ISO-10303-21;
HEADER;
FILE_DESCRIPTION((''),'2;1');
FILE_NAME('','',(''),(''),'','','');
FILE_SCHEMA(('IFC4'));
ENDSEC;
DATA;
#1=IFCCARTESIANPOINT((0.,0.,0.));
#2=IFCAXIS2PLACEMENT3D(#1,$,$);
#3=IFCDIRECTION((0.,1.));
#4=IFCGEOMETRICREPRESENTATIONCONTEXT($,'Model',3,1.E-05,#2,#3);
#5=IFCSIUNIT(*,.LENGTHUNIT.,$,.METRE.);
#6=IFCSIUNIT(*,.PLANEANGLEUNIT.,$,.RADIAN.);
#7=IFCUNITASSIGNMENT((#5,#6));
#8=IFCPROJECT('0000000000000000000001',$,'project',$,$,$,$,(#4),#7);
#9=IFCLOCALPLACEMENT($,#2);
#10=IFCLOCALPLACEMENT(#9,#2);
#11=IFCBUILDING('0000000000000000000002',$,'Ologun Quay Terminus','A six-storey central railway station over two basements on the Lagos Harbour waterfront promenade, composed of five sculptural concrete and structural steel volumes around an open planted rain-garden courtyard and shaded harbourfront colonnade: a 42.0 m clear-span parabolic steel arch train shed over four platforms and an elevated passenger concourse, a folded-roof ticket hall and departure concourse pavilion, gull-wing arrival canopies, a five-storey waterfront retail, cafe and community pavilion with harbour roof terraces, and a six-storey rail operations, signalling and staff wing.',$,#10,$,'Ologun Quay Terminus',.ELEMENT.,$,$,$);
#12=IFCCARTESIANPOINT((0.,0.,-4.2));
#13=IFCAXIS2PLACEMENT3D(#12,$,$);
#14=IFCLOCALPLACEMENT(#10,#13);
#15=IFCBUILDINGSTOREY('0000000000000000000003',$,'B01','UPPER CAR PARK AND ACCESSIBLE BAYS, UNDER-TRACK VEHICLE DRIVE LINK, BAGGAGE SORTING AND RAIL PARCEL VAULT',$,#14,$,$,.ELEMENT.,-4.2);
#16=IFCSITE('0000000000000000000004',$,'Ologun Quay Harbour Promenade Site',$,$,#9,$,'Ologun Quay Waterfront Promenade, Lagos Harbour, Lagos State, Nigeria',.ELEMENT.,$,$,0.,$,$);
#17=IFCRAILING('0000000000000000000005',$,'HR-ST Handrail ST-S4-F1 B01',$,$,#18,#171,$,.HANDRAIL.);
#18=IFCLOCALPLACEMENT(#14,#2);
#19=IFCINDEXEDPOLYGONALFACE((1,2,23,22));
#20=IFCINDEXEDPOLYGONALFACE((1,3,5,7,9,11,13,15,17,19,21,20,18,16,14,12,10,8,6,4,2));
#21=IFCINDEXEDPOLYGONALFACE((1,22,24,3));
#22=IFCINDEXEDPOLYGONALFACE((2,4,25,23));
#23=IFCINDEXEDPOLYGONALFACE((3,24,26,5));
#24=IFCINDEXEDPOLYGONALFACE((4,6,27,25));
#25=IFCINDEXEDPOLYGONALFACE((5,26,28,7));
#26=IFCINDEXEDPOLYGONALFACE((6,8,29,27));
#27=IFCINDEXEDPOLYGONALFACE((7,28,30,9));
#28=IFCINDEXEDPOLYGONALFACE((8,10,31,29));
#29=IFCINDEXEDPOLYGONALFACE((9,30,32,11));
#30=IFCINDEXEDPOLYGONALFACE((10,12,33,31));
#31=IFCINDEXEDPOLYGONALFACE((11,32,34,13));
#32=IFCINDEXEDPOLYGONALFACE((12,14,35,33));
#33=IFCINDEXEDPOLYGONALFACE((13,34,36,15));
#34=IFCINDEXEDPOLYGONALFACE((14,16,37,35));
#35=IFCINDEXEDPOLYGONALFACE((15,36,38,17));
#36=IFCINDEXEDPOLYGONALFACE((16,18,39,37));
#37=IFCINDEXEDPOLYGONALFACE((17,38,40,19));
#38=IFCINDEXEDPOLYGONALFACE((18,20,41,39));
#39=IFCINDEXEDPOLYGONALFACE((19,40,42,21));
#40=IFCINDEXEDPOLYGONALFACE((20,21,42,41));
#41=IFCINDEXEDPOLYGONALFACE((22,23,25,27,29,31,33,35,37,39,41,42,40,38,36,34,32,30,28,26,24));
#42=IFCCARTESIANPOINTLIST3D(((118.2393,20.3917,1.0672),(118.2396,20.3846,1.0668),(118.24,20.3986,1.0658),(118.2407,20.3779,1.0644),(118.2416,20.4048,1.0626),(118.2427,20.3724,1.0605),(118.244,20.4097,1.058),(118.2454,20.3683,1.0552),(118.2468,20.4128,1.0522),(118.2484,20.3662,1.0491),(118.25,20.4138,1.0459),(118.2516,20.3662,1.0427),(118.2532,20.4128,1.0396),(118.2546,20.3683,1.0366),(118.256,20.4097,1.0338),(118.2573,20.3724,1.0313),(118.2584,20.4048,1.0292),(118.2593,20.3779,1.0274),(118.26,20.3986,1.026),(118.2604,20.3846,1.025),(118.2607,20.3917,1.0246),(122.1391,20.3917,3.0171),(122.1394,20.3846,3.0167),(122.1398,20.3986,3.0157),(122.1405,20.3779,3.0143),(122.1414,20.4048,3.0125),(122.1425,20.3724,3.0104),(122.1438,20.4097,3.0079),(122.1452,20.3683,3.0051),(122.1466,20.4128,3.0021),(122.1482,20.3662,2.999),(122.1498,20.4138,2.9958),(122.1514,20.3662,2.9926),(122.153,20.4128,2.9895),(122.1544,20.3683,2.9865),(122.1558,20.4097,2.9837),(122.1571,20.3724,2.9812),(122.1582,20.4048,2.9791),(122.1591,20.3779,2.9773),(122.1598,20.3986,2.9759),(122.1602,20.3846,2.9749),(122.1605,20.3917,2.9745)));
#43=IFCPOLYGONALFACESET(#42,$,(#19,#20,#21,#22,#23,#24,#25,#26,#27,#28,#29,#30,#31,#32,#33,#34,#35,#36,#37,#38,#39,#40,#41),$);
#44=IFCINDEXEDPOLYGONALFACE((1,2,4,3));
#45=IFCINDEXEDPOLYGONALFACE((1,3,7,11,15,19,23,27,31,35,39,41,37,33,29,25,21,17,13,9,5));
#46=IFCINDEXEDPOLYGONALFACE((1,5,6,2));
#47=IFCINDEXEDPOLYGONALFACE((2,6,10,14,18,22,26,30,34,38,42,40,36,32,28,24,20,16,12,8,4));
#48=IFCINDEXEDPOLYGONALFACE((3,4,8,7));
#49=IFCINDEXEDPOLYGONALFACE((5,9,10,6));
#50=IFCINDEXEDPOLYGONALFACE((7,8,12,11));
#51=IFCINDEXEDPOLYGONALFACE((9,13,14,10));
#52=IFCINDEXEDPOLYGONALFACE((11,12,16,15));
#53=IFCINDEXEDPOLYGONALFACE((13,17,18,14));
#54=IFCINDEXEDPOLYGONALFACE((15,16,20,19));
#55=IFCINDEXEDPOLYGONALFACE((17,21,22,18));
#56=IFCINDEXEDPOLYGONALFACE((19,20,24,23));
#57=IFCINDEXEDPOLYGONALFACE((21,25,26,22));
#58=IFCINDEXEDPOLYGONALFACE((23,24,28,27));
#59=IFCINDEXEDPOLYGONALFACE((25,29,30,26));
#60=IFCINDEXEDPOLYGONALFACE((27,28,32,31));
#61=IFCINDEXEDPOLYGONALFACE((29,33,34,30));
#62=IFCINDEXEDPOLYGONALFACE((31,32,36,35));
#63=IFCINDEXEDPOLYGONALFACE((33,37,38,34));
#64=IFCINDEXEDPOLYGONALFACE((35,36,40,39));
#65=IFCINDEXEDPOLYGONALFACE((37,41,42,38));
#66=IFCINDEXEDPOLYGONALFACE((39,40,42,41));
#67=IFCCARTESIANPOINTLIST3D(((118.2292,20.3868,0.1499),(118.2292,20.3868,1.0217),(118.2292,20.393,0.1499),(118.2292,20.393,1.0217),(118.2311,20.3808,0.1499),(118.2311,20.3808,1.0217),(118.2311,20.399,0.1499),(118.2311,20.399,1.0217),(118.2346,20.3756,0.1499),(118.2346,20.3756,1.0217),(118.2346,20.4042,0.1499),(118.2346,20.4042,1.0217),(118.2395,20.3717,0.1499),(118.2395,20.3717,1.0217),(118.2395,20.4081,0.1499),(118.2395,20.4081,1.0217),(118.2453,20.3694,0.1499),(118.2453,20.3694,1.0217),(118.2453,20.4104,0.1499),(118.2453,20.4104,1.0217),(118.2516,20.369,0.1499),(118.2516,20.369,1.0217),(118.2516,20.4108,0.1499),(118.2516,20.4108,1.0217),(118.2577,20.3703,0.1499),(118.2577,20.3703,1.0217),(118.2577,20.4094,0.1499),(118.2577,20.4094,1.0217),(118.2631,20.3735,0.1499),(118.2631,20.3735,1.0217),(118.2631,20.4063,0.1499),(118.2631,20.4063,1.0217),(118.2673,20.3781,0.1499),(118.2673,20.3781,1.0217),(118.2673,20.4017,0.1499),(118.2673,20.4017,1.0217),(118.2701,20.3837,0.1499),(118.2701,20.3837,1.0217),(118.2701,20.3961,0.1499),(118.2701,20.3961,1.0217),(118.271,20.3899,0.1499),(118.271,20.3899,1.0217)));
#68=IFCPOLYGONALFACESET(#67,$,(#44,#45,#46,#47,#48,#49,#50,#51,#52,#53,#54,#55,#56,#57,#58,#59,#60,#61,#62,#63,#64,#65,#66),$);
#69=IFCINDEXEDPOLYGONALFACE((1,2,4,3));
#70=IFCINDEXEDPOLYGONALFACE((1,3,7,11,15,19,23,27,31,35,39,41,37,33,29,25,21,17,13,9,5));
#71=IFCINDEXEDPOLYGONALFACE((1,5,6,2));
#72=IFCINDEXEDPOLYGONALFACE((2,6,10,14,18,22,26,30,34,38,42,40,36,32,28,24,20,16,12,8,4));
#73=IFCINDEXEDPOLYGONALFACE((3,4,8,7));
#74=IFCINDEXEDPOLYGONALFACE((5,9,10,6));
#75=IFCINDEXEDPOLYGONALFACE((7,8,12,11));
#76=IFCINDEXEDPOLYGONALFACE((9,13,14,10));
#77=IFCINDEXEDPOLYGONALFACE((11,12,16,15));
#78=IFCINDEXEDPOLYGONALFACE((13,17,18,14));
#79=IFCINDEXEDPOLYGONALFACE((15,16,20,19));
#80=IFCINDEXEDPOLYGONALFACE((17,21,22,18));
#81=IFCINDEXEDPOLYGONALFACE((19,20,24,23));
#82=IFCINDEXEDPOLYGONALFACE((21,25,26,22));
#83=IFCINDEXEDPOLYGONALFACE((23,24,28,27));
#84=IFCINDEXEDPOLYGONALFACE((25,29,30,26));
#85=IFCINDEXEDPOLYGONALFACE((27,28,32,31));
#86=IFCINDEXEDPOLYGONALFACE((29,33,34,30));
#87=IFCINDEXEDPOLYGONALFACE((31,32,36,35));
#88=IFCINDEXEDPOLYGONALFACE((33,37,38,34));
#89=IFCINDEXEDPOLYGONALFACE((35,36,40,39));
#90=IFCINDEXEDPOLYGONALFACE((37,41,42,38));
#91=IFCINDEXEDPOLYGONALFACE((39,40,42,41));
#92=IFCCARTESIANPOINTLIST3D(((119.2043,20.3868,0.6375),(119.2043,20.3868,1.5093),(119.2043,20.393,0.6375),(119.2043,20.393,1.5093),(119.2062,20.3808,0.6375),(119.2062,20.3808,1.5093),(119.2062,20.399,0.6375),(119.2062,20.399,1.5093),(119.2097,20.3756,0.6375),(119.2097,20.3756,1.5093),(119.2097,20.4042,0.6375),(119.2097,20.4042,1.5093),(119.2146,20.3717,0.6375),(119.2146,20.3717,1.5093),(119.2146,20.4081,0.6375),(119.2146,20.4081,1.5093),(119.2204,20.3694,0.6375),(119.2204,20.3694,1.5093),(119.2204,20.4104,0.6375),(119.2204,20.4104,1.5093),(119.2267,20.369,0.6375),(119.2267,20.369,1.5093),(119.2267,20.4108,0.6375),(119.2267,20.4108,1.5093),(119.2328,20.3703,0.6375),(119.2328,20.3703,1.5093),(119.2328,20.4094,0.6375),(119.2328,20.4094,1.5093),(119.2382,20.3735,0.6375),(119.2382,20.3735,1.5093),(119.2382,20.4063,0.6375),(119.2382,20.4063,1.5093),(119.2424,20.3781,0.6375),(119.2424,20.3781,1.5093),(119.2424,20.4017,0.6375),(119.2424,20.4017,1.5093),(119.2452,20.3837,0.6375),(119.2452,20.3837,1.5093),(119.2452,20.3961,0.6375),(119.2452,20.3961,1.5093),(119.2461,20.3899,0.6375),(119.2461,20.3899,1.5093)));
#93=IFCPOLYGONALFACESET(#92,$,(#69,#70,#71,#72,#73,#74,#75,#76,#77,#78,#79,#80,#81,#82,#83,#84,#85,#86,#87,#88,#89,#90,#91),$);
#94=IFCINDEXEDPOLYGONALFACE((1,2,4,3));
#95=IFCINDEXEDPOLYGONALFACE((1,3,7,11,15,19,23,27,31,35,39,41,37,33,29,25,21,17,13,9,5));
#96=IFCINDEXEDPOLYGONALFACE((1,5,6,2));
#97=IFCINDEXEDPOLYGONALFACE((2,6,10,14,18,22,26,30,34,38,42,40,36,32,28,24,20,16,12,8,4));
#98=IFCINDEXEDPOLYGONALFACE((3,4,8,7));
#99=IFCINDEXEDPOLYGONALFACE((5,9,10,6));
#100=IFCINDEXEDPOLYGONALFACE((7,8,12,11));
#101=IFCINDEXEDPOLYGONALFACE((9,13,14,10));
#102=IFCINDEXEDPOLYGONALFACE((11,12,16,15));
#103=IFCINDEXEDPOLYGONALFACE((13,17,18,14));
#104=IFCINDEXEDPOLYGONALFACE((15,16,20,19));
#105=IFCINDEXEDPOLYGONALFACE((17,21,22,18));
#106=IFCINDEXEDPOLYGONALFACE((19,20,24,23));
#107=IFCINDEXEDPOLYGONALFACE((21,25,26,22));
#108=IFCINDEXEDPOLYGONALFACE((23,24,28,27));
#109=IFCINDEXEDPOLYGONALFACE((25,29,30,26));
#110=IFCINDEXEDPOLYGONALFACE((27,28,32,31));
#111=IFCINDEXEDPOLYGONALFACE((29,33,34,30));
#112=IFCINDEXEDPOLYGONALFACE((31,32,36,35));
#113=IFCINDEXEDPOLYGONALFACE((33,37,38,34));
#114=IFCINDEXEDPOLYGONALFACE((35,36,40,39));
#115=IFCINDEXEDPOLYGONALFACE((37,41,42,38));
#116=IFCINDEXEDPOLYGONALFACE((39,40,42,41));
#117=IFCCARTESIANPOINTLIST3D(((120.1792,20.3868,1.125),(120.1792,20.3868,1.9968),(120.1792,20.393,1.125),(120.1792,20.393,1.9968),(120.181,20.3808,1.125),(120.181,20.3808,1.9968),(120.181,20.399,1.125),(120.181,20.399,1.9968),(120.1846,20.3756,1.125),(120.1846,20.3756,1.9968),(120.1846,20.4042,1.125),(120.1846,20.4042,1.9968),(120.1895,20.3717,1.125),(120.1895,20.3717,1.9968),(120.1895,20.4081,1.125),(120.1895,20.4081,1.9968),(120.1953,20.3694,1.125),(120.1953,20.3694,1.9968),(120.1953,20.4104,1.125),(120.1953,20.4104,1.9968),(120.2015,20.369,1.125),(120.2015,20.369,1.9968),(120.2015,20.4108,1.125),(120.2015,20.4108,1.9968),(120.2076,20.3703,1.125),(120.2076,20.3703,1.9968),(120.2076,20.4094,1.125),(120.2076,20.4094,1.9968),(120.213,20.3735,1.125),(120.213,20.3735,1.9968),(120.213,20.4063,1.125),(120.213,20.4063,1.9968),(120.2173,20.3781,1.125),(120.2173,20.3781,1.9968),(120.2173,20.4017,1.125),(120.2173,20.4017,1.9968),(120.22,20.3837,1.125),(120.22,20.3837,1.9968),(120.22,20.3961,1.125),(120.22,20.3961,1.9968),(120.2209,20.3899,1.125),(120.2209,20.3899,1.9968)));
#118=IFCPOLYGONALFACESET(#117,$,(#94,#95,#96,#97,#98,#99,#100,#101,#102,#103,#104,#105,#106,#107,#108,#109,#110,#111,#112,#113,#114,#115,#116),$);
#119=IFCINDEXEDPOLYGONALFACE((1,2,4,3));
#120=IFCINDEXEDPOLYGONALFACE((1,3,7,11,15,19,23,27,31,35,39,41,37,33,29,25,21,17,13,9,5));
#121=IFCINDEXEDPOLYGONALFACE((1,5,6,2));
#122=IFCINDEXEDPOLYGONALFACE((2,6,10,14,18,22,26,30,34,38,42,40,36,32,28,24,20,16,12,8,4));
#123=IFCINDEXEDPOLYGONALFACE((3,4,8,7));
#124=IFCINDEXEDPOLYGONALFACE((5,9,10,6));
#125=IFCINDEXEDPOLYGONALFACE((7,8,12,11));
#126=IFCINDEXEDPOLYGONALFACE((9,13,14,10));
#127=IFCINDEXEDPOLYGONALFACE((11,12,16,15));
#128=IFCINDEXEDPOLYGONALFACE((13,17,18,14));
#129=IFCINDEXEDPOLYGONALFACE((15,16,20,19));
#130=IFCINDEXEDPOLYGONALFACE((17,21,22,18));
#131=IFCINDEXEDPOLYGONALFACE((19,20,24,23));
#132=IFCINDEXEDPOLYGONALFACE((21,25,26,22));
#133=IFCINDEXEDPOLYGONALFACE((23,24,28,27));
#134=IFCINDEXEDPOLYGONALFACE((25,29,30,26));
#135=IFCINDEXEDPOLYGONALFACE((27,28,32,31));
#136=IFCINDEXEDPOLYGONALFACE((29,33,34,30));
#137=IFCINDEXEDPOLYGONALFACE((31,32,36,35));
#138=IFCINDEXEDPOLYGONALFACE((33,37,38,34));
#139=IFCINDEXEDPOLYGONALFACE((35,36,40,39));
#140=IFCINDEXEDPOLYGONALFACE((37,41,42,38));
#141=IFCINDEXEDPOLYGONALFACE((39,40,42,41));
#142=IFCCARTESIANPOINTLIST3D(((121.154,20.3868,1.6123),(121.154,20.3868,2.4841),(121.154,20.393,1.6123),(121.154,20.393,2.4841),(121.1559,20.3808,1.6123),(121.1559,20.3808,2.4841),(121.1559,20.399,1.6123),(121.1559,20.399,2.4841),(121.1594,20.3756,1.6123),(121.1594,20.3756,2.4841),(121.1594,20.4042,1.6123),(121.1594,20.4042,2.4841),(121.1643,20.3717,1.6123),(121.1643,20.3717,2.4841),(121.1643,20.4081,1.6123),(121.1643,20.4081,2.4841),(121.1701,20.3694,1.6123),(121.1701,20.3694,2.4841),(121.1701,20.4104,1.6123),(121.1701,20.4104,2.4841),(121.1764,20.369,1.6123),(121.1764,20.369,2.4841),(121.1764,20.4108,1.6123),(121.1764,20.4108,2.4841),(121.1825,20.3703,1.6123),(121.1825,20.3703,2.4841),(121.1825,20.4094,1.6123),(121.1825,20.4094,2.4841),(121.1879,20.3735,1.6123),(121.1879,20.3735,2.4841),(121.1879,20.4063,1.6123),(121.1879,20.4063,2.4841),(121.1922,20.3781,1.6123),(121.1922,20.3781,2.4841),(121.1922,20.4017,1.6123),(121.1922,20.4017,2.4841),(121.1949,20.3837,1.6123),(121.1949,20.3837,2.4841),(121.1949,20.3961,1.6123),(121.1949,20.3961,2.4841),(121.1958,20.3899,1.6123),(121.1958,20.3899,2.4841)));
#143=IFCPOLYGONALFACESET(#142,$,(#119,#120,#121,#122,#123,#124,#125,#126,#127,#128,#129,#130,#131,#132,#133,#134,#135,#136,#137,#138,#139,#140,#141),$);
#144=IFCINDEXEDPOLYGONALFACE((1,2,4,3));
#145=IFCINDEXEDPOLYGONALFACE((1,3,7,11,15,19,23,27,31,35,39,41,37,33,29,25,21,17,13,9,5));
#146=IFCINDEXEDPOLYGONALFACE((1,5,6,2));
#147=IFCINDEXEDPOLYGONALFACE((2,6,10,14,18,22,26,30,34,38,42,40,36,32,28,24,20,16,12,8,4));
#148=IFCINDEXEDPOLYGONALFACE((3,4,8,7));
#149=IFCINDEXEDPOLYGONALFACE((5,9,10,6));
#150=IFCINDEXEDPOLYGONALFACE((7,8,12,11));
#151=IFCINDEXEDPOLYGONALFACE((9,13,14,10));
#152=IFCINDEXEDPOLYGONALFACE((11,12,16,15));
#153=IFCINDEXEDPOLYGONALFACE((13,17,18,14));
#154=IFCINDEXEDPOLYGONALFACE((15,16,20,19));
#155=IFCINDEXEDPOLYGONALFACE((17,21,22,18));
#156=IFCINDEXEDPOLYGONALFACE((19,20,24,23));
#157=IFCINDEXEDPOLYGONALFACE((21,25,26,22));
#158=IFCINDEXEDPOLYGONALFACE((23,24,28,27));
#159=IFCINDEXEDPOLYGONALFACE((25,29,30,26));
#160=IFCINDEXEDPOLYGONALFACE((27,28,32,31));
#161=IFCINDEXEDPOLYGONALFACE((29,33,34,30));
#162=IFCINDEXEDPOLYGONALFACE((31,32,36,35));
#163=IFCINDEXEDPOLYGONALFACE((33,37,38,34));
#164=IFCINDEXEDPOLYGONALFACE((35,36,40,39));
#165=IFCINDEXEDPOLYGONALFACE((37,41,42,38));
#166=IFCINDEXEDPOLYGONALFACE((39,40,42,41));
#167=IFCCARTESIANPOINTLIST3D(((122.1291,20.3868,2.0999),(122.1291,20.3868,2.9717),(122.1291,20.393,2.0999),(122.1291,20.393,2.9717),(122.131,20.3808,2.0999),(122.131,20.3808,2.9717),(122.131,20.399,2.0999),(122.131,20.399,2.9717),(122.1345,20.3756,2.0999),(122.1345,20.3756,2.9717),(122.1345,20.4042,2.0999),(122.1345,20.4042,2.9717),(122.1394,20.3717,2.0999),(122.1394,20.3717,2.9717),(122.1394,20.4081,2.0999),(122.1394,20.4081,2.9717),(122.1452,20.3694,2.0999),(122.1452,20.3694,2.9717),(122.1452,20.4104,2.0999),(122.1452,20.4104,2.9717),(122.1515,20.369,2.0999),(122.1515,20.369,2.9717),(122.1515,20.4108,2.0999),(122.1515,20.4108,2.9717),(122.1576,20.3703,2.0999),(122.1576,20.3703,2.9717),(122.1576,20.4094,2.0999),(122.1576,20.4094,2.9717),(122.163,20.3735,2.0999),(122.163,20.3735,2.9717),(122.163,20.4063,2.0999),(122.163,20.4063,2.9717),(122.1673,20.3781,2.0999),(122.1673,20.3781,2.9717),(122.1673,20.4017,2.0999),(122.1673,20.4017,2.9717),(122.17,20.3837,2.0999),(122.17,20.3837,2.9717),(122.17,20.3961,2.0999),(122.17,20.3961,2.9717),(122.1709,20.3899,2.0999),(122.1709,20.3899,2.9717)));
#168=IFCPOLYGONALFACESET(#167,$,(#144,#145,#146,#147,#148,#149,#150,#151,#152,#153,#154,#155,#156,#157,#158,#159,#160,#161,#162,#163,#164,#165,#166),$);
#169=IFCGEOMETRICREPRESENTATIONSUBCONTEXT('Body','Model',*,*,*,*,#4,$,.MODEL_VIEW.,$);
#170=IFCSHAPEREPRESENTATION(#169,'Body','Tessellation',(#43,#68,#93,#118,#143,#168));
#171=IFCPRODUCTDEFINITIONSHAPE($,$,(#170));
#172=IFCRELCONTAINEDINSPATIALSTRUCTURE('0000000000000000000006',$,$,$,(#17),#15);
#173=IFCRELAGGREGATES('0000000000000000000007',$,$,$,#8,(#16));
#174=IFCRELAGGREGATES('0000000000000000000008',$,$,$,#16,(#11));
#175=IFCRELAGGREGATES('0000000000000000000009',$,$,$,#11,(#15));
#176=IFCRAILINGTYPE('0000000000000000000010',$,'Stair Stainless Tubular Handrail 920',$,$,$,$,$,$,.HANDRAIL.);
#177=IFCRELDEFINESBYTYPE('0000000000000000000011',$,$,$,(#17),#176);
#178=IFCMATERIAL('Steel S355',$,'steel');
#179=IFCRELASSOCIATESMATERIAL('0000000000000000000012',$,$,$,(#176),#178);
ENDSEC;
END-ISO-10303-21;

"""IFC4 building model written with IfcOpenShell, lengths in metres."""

from ifc_helpers import new_model, si_unit, direction, frame, origin, origin_2d, place, context, subcontext, project, spatial, circle, extrude, material, type_object, element, save


model = new_model("IFC4")

# Units and contexts
model_context = context("Model", 3, precision=1e-05, world=origin(), true_north=direction((0.0, 1.0)))
body_context = subcontext(model_context, "Body", "Model", "MODEL_VIEW")
ifc_project = project(units=[si_unit("LENGTHUNIT", "METRE"), si_unit("PLANEANGLEUNIT", "RADIAN")], contexts=[model_context])

# Site, building, storey
site_placement = place(None, origin())
site = spatial("IfcSite", under=ifc_project, at=site_placement, Name="Ologun Quay Harbour Promenade Site", LongName="Ologun Quay Waterfront Promenade, Lagos Harbour, Lagos State, Nigeria", CompositionType="ELEMENT", RefElevation=0.0)
building_placement = place(site_placement, origin())
building = spatial("IfcBuilding", under=site, at=building_placement, Name="Ologun Quay Terminus", Description="A six-storey central railway station over two basements on the Lagos Harbour waterfront promenade, composed of five sculptural concrete and structural steel volumes around an open planted rain-garden courtyard and shaded harbourfront colonnade: a 42.0 m clear-span parabolic steel arch train shed over four platforms and an elevated passenger concourse, a folded-roof ticket hall and departure concourse pavilion, gull-wing arrival canopies, a five-storey waterfront retail, cafe and community pavilion with harbour roof terraces, and a six-storey rail operations, signalling and staff wing.", LongName="Ologun Quay Terminus", CompositionType="ELEMENT")
storey_placement = place(building_placement, frame((0.0, 0.0, -4.2)))
storey = spatial("IfcBuildingStorey", under=building, at=storey_placement, Name="B01", Description="UPPER CAR PARK AND ACCESSIBLE BAYS, UNDER-TRACK VEHICLE DRIVE LINK, BAGGAGE SORTING AND RAIL PARCEL VAULT", CompositionType="ELEMENT", Elevation=-4.2)

# Railing
ifc_material_1 = material(Name="Steel S355", Category="steel")
railing_type_1 = type_object("IfcRailingType", Name="Stair Stainless Tubular Handrail 920", PredefinedType="HANDRAIL", material=ifc_material_1)
railing_1_placement = place(storey_placement, frame((118.25, 20.3899, 0.1499)))
element("IfcRailing", 1, at=railing_1_placement, inside=storey, type_object=railing_type_1, Name="HR-ST Handrail ST-S4-F1 B01", PredefinedType="HANDRAIL", context=body_context, shape_type="SweptSolid", body=[
    extrude(circle(Radius=0.0239, at=origin_2d()), frame((0.0, 0.0, 0.896), z_axis=(0.894427, 0.0, 0.447214), x_axis=(0.0, 1.0, 0.0)), (0.0, 0.0, 1.0), 4.3601),
    extrude(circle(Radius=0.021, at=origin_2d()), origin(), (0.0, 0.0, 1.0), 0.8718),
    extrude(circle(Radius=0.021, at=origin_2d()), frame((0.9751, 0.0, 0.4875)), (0.0, 0.0, 1.0), 0.8718),
    extrude(circle(Radius=0.021, at=origin_2d()), frame((1.95, 0.0, 0.9751)), (0.0, 0.0, 1.0), 0.8718),
    extrude(circle(Radius=0.021, at=origin_2d()), frame((2.9248, 0.0, 1.4624)), (0.0, 0.0, 1.0), 0.8718),
    extrude(circle(Radius=0.021, at=origin_2d()), frame((3.8999, 0.0, 1.95)), (0.0, 0.0, 1.0), 0.8718),
])

save(model, "model.ifc")
